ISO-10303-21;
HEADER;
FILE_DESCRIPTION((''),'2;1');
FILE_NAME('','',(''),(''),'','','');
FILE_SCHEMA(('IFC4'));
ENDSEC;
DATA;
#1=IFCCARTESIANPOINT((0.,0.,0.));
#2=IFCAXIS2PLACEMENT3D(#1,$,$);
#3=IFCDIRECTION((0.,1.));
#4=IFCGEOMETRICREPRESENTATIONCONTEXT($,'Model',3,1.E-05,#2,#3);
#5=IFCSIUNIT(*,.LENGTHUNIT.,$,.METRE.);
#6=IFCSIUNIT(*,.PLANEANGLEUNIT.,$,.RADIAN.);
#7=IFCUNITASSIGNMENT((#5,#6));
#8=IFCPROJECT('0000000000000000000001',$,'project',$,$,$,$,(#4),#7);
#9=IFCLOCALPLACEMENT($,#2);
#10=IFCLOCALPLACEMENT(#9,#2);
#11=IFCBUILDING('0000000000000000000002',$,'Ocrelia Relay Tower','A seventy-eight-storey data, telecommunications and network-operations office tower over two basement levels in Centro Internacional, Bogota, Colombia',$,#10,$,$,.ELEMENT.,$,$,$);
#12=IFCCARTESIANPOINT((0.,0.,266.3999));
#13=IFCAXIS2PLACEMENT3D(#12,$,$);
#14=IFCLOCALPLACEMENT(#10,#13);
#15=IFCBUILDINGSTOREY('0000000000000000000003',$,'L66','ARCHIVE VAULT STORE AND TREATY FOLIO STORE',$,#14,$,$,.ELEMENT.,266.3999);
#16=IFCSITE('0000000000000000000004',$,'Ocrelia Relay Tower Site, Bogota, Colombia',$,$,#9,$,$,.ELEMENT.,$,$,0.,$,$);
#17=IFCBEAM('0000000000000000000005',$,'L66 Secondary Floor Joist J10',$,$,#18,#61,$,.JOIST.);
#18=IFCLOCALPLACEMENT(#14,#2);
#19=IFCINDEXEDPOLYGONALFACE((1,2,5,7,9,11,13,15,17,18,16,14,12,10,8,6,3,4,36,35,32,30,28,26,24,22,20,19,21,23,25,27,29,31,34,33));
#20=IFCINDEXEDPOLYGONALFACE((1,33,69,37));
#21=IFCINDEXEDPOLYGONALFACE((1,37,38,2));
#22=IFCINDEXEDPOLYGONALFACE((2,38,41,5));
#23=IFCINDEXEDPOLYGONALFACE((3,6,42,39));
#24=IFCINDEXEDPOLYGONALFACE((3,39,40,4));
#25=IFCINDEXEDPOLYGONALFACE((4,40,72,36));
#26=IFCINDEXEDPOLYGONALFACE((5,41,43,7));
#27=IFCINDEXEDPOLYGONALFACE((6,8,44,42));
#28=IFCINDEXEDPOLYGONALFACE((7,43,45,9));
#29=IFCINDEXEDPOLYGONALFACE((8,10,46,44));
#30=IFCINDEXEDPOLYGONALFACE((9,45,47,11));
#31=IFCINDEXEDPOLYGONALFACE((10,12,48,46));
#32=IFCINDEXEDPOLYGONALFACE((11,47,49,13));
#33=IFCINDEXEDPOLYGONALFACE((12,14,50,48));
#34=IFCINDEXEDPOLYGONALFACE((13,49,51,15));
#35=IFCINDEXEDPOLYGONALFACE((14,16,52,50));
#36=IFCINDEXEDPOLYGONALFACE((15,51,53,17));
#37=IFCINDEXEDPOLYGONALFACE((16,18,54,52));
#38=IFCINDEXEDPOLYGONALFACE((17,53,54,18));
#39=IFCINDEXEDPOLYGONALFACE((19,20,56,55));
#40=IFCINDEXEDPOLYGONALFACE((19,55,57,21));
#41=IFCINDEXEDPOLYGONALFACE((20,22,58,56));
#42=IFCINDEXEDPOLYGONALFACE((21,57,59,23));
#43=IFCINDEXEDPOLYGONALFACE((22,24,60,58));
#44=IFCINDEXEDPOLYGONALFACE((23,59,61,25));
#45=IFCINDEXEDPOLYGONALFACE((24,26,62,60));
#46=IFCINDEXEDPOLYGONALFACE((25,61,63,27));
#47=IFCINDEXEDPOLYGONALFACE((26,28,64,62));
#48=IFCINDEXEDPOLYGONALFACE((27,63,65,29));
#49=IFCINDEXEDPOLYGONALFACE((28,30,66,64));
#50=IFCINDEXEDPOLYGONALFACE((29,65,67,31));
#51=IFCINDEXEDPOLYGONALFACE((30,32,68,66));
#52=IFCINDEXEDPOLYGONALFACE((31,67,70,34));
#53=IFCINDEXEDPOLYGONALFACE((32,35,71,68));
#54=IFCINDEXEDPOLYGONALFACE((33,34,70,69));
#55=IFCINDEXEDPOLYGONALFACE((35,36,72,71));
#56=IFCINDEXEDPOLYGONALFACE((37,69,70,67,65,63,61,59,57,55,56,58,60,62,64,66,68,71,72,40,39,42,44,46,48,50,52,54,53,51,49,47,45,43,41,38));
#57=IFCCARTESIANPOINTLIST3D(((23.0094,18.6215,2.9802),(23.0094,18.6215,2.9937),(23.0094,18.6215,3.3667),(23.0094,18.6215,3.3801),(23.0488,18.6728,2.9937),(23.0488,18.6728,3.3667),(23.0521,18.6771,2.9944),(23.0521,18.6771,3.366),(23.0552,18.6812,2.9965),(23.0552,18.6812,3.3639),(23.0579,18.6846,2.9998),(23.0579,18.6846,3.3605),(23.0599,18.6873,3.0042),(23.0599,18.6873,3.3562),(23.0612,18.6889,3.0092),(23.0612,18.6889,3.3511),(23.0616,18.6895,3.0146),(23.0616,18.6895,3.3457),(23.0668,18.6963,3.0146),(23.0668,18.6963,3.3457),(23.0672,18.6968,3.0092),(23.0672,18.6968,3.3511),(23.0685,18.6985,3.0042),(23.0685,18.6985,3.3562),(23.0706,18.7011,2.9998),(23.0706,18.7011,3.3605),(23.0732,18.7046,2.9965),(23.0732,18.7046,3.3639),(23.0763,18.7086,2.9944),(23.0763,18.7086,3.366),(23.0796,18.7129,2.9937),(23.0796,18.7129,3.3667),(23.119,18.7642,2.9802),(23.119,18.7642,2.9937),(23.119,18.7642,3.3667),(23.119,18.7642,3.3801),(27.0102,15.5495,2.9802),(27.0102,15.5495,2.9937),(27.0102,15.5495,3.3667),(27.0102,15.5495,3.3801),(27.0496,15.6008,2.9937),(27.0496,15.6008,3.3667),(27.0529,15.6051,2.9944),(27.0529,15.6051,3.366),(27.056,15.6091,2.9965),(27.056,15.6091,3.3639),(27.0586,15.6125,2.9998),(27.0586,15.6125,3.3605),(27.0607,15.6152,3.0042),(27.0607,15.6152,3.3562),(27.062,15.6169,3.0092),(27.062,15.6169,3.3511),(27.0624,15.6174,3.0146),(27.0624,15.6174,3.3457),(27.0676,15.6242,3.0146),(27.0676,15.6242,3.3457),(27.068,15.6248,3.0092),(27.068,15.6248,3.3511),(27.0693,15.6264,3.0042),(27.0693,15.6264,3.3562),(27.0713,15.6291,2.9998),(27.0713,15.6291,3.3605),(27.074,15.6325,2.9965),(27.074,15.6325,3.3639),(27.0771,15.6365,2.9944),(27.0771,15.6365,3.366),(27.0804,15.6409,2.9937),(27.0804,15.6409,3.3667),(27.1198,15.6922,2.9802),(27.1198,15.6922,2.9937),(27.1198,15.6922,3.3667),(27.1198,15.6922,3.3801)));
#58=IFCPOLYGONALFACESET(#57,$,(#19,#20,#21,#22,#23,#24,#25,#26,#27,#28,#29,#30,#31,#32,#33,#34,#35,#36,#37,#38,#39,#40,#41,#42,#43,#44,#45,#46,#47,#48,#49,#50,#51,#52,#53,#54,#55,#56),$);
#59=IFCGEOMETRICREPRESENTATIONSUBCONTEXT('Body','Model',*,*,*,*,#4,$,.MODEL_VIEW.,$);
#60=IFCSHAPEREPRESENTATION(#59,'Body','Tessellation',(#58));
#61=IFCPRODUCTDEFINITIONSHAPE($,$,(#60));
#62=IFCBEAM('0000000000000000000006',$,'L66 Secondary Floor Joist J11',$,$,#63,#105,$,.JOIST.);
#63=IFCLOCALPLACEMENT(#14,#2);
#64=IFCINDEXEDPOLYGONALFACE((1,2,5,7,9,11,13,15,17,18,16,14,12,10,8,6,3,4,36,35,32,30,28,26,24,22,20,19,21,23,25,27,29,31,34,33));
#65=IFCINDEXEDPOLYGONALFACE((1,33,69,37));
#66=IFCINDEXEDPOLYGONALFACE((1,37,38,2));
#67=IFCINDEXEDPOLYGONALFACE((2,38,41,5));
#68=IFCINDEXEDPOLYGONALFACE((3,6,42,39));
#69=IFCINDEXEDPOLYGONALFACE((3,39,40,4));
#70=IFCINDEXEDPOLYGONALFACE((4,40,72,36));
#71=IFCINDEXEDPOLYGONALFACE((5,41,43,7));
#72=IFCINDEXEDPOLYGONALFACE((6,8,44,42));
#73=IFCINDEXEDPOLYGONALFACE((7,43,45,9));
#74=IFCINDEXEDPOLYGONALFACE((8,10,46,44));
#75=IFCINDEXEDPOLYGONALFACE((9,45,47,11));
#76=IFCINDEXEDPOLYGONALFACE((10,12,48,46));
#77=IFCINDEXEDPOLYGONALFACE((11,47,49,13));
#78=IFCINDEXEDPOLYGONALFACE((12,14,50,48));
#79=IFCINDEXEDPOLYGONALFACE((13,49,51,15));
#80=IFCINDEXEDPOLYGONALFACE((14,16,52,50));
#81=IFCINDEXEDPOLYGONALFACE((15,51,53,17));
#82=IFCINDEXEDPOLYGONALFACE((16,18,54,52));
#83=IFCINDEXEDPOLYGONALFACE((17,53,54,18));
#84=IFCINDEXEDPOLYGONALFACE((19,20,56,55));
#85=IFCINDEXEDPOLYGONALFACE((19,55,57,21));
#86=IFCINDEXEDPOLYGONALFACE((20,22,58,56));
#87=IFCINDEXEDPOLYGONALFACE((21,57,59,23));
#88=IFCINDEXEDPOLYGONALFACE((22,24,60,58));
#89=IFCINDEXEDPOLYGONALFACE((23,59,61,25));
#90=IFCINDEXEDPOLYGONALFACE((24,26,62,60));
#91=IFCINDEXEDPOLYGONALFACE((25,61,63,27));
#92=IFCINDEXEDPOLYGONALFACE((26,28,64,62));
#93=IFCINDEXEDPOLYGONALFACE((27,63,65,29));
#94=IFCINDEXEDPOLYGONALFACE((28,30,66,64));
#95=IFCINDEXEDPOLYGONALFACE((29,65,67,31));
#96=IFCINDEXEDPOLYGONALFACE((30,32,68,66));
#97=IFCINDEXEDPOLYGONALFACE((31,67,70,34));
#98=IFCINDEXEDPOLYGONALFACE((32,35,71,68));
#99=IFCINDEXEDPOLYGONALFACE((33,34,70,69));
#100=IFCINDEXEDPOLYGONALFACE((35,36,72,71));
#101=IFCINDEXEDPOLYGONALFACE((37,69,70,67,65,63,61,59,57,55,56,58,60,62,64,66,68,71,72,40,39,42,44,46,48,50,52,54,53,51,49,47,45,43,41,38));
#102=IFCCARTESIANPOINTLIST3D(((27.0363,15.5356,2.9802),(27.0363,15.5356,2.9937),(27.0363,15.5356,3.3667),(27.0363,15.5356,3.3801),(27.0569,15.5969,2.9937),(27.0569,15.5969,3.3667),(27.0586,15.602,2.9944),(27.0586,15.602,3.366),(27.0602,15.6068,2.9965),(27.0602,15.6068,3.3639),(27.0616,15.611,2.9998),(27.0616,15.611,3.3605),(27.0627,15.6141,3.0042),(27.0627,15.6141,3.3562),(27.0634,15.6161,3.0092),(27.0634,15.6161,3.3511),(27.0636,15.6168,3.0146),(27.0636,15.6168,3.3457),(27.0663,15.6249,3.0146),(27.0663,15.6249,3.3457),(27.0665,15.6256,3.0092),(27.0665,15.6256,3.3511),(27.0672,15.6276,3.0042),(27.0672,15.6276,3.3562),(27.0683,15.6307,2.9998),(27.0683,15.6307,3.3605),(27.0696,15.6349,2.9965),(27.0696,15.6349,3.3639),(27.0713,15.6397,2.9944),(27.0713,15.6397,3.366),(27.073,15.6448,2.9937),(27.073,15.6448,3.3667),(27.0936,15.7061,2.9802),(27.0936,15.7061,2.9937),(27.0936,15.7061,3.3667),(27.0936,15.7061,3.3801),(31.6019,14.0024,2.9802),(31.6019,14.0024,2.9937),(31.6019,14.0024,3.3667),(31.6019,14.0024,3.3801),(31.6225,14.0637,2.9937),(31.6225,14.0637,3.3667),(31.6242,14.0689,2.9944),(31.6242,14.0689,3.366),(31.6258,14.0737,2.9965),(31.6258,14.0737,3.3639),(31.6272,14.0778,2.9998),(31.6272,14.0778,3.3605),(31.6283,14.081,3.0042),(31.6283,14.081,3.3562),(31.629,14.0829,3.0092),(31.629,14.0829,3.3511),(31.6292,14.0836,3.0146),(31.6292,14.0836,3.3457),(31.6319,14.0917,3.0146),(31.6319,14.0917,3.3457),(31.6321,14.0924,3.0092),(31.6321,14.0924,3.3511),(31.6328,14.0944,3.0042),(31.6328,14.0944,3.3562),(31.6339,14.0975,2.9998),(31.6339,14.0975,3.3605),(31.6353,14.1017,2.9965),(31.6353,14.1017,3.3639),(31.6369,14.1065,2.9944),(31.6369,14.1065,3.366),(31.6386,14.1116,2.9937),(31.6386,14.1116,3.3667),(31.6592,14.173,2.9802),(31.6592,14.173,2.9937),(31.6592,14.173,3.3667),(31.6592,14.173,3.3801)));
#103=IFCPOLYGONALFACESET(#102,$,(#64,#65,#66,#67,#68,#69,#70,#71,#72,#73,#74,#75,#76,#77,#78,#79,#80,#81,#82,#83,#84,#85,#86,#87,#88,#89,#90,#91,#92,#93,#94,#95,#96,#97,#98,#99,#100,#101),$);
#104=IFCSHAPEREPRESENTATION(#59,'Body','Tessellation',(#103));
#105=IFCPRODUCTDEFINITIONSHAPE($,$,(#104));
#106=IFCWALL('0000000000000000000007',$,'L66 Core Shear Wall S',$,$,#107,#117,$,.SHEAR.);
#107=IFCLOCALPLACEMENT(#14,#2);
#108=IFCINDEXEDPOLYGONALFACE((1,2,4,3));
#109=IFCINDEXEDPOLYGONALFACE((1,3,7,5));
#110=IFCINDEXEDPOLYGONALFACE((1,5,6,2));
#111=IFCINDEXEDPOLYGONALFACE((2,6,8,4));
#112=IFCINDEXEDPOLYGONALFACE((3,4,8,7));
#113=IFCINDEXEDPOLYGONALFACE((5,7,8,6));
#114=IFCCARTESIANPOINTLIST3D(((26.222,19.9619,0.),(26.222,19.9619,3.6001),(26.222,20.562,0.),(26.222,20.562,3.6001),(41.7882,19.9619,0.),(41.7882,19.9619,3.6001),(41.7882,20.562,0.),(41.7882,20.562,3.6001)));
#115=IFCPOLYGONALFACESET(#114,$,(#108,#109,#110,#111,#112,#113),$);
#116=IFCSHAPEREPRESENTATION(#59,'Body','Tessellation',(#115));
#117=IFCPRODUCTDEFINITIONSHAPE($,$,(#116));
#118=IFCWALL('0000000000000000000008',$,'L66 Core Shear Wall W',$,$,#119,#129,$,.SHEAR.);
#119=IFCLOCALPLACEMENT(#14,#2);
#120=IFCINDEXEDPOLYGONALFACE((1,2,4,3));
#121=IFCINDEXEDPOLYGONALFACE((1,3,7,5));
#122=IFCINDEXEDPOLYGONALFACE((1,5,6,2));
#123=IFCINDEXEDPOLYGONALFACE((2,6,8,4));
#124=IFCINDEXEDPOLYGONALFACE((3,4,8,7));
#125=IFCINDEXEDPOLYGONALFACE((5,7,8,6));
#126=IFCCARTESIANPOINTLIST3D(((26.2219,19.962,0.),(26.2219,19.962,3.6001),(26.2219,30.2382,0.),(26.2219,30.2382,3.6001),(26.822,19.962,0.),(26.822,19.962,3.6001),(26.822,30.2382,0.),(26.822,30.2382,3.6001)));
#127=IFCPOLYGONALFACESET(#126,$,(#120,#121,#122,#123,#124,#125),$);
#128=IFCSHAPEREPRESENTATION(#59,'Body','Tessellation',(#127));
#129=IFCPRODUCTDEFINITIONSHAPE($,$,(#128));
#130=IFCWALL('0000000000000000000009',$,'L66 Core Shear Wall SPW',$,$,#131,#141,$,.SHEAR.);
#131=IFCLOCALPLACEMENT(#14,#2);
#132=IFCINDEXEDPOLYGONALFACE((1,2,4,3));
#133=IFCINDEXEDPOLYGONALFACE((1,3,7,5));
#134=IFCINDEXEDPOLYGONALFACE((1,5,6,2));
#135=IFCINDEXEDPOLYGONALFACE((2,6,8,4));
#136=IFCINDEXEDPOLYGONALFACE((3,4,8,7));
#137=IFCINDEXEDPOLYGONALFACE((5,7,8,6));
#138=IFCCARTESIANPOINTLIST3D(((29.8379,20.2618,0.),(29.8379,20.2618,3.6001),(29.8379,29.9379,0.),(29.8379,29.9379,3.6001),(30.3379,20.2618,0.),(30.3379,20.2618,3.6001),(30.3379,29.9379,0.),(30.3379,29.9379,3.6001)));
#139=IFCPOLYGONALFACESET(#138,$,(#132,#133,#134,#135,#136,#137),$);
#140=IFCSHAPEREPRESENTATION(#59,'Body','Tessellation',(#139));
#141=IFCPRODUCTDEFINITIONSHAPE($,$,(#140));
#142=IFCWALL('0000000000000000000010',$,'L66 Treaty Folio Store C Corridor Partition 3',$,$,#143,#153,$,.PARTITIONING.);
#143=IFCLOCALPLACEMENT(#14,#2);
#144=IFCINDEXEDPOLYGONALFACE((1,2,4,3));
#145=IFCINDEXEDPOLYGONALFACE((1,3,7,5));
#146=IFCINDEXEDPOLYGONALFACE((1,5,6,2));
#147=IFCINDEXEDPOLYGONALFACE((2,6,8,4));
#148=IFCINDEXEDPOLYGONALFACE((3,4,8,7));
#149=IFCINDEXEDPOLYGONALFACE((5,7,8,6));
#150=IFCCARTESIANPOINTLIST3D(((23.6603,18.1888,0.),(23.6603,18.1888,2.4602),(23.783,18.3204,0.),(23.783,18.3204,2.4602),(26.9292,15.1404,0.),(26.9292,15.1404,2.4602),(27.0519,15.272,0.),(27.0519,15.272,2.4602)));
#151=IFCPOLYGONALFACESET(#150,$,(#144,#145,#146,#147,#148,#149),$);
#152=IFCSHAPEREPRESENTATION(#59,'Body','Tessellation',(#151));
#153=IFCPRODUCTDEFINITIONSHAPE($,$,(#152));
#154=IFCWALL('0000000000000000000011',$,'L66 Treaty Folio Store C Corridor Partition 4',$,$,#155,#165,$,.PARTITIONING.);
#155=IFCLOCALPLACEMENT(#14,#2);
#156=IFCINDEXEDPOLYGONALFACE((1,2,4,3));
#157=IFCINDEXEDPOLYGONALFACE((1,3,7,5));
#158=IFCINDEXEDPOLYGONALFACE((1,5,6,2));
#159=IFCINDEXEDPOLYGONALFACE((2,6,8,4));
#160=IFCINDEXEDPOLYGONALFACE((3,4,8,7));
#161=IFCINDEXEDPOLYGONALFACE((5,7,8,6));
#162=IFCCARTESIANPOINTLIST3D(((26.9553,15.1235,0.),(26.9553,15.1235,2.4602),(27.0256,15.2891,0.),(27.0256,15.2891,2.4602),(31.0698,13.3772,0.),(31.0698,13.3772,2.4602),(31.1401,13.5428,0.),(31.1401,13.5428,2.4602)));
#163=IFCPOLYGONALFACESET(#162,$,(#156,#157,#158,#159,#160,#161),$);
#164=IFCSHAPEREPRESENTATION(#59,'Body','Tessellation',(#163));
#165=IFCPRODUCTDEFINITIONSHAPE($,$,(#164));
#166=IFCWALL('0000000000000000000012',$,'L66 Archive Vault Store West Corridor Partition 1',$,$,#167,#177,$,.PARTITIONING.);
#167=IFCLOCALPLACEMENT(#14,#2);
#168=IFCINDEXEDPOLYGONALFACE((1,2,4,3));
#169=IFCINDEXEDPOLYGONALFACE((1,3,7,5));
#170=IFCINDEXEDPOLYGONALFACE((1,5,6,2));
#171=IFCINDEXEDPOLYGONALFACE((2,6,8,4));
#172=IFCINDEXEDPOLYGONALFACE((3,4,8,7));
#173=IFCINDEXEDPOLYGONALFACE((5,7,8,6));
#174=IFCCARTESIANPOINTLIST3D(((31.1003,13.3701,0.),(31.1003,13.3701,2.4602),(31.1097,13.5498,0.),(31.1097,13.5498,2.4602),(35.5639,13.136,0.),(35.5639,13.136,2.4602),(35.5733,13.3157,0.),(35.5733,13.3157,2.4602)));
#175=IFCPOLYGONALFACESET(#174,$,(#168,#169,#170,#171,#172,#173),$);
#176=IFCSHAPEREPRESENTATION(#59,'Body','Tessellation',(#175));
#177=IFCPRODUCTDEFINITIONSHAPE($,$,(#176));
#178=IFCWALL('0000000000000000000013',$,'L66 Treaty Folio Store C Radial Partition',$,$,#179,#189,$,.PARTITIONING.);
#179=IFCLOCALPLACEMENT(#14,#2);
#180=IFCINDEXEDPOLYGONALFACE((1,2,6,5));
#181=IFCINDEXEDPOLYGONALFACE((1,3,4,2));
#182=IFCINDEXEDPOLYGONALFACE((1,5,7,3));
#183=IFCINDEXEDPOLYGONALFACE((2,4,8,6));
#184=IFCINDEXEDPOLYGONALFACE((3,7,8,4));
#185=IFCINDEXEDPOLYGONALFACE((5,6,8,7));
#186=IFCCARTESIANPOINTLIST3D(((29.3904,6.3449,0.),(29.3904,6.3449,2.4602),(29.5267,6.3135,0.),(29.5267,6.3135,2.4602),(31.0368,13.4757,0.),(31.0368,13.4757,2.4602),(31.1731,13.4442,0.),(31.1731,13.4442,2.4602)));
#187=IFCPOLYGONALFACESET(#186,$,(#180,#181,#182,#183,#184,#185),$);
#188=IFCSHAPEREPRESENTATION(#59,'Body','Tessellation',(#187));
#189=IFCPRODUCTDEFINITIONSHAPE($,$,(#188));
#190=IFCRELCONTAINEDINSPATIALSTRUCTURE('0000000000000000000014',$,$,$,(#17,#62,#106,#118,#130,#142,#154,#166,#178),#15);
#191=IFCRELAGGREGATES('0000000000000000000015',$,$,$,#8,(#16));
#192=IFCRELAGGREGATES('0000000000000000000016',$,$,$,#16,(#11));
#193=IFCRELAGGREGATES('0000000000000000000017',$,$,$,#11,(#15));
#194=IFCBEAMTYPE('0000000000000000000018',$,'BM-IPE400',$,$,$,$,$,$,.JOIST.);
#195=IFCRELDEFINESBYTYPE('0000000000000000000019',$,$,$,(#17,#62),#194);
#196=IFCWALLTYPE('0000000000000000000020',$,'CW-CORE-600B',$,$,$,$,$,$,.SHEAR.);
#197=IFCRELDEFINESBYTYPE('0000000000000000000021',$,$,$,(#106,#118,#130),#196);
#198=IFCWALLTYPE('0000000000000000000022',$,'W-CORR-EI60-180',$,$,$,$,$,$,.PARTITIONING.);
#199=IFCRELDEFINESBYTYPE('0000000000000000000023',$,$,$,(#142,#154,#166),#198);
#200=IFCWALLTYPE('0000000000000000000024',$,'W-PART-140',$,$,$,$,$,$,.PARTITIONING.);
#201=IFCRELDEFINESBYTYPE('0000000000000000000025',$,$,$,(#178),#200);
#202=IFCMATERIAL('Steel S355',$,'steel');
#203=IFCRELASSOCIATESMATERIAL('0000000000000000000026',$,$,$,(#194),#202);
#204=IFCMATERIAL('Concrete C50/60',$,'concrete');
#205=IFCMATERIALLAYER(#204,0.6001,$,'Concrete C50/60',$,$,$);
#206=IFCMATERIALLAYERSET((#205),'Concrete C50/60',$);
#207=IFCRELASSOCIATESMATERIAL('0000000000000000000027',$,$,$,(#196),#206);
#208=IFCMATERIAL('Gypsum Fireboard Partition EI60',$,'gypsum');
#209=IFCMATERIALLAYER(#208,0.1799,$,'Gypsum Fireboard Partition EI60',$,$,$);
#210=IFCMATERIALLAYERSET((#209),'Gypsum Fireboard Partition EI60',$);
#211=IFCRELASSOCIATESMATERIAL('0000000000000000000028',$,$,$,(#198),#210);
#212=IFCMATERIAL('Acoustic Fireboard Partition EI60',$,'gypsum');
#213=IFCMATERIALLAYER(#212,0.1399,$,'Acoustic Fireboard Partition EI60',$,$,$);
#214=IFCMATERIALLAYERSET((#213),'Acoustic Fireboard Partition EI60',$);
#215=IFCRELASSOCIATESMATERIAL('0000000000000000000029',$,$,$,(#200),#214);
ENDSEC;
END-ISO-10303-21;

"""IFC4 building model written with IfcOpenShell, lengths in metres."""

from ifc_helpers import new_model, si_unit, direction, frame, frame_2d, origin, origin_2d, place, context, subcontext, project, spatial, rectangle, i_section, extrude, material, layer, layer_set, material_profile, profile_set, type_object, element, save


model = new_model("IFC4")

# Units and contexts
model_context = context("Model", 3, precision=1e-05, world=origin(), true_north=direction((0.0, 1.0)))
body_context = subcontext(model_context, "Body", "Model", "MODEL_VIEW")
ifc_project = project(units=[si_unit("LENGTHUNIT", "METRE"), si_unit("PLANEANGLEUNIT", "RADIAN")], contexts=[model_context])

# Site, building, storey
site_placement = place(None, origin())
site = spatial("IfcSite", under=ifc_project, at=site_placement, Name="Ocrelia Relay Tower Site, Bogota, Colombia", CompositionType="ELEMENT", RefElevation=0.0)
building_placement = place(site_placement, origin())
building = spatial("IfcBuilding", under=site, at=building_placement, Name="Ocrelia Relay Tower", Description="A seventy-eight-storey data, telecommunications and network-operations office tower over two basement levels in Centro Internacional, Bogota, Colombia", CompositionType="ELEMENT")
storey_placement = place(building_placement, frame((0.0, 0.0, 266.3999)))
storey = spatial("IfcBuildingStorey", under=building, at=storey_placement, Name="L66", Description="ARCHIVE VAULT STORE AND TREATY FOLIO STORE", CompositionType="ELEMENT", Elevation=266.3999)

# Shared definitions
ifc_material_1 = material(Name="Concrete C50/60", Category="concrete")

# Beams
ifc_material_2 = material(Name="Steel S355", Category="steel")
ifc_material_profile_1 = material_profile(ifc_material_2, i_section(OverallWidth=0.1799, OverallDepth=0.3999, WebThickness=0.0085, FlangeThickness=0.0134, FilletRadius=0.021, at=origin_2d()), Name="IPE 400")
ifc_profile_set_1 = profile_set([ifc_material_profile_1], Name="Steel S355")
beam_type_1 = type_object("IfcBeamType", Name="BM-IPE400", PredefinedType="JOIST", material=ifc_profile_set_1)
beam_1_placement = place(storey_placement, frame((23.0642, 18.6929, 3.1802), z_axis=(0.793147, -0.60903, 0.0), x_axis=(0.60903, 0.793147, 0.0)))
element("IfcBeam", 1, at=beam_1_placement, inside=storey, type_object=beam_type_1, Name="L66 Secondary Floor Joist J10", PredefinedType="JOIST", context=body_context, shape_type="SweptSolid", body=[
    extrude(i_section(OverallWidth=0.1799, OverallDepth=0.3999, WebThickness=0.0085, FlangeThickness=0.0134, FilletRadius=0.021, at=origin_2d()), origin(), (0.0, 0.0, 1.0), 5.0442),
])
beam_2_placement = place(storey_placement, frame((27.0649, 15.6208, 3.1802), z_axis=(0.947976, -0.318341, 0.0), x_axis=(0.318341, 0.947976, 0.0)))
element("IfcBeam", 2, at=beam_2_placement, inside=storey, type_object=beam_type_1, Name="L66 Secondary Floor Joist J11", PredefinedType="JOIST", context=body_context, shape_type="SweptSolid", body=[
    extrude(i_section(OverallWidth=0.1799, OverallDepth=0.3999, WebThickness=0.0085, FlangeThickness=0.0134, FilletRadius=0.021, at=origin_2d()), origin(), (0.0, 0.0, 1.0), 4.8162),
])

# Walls
ifc_layer_1 = layer(ifc_material_1, 0.6001, Name="Concrete C50/60")
ifc_layer_set_1 = layer_set([ifc_layer_1], Name="Concrete C50/60")
wall_type_1 = type_object("IfcWallType", Name="CW-CORE-600B", PredefinedType="SHEAR", material=ifc_layer_set_1)
wall_1_placement = place(storey_placement, frame((26.2219, 20.262, 0.0), z_axis=(0.0, 0.0, 1.0), x_axis=(1.0, 0.0, 0.0)))
element("IfcWall", 3, at=wall_1_placement, inside=storey, type_object=wall_type_1, Name="L66 Core Shear Wall S", PredefinedType="SHEAR", context=body_context, shape_type="SweptSolid", body=[
    extrude(rectangle(XDim=15.5662, YDim=0.6001, at=frame_2d((7.7832, 0.0))), origin(), (0.0, 0.0, 1.0), 3.6001),
])
wall_2_placement = place(storey_placement, frame((26.522, 19.9619, 0.0), z_axis=(0.0, 0.0, 1.0), x_axis=(0.0, 1.0, 0.0)))
element("IfcWall", 4, at=wall_2_placement, inside=storey, type_object=wall_type_1, Name="L66 Core Shear Wall W", PredefinedType="SHEAR", context=body_context, shape_type="SweptSolid", body=[
    extrude(rectangle(XDim=10.2761, YDim=0.6001, at=frame_2d((5.1382, 0.0))), origin(), (0.0, 0.0, 1.0), 3.6001),
])
wall_3_placement = place(storey_placement, frame((30.0879, 20.262, 0.0), z_axis=(0.0, 0.0, 1.0), x_axis=(0.0, 1.0, 0.0)))
element("IfcWall", 5, at=wall_3_placement, inside=storey, type_object=wall_type_1, Name="L66 Core Shear Wall SPW", PredefinedType="SHEAR", context=body_context, shape_type="SweptSolid", body=[
    extrude(rectangle(XDim=9.676, YDim=0.5, at=frame_2d((4.8379, 0.0))), origin(), (0.0, 0.0, 1.0), 3.6001),
])

# Shared definitions
ifc_material_3 = material(Name="Gypsum Fireboard Partition EI60", Category="gypsum")
ifc_layer_2 = layer(ifc_material_3, 0.1799, Name="Gypsum Fireboard Partition EI60")
ifc_layer_set_2 = layer_set([ifc_layer_2], Name="Gypsum Fireboard Partition EI60")
wall_type_2 = type_object("IfcWallType", Name="W-CORR-EI60-180", PredefinedType="PARTITIONING", material=ifc_layer_set_2)

# Walls
for number, where, z_axis, x_axis, name in (
    (6, (23.7217, 18.2546, 0.0), (0.0, 0.0, 1.0), (0.731339, -0.682015, 0.0), "L66 Treaty Folio Store C Corridor Partition 3"),
    (7, (26.9905, 15.2063, 0.0), (0.0, 0.0, 1.0), (0.920518, -0.3907, 0.0), "L66 Treaty Folio Store C Corridor Partition 4"),
    (8, (31.105, 13.46, 0.0), (0.0, 0.0, 1.0), (0.998627, -0.052381, 0.0), "L66 Archive Vault Store West Corridor Partition 1"),
):
    element("IfcWall", number, at=place(storey_placement, frame(where, z_axis=z_axis, x_axis=x_axis)), inside=storey, type_object=wall_type_2, Name=name, PredefinedType="PARTITIONING", context=body_context, shape_type="SweptSolid", body=[
        extrude(rectangle(XDim=4.4697, YDim=0.1799, at=frame_2d((2.2349, 0.0))), origin(), (0.0, 0.0, 1.0), 2.4602),
    ])
ifc_material_4 = material(Name="Acoustic Fireboard Partition EI60", Category="gypsum")
ifc_layer_3 = layer(ifc_material_4, 0.1399, Name="Acoustic Fireboard Partition EI60")
ifc_layer_set_3 = layer_set([ifc_layer_3], Name="Acoustic Fireboard Partition EI60")
wall_type_3 = type_object("IfcWallType", Name="W-PART-140", PredefinedType="PARTITIONING", material=ifc_layer_set_3)
wall_4_placement = place(storey_placement, frame((31.105, 13.46, 0.0), z_axis=(0.0, 0.0, 1.0), x_axis=(-0.224976, -0.974364, 0.0)))
element("IfcWall", 9, at=wall_4_placement, inside=storey, type_object=wall_type_3, Name="L66 Treaty Folio Store C Radial Partition", PredefinedType="PARTITIONING", context=body_context, shape_type="SweptSolid", body=[
    extrude(rectangle(XDim=7.3184, YDim=0.1399, at=frame_2d((3.6592, 0.0))), origin(), (0.0, 0.0, 1.0), 2.4602),
])

save(model, "model.ifc")
